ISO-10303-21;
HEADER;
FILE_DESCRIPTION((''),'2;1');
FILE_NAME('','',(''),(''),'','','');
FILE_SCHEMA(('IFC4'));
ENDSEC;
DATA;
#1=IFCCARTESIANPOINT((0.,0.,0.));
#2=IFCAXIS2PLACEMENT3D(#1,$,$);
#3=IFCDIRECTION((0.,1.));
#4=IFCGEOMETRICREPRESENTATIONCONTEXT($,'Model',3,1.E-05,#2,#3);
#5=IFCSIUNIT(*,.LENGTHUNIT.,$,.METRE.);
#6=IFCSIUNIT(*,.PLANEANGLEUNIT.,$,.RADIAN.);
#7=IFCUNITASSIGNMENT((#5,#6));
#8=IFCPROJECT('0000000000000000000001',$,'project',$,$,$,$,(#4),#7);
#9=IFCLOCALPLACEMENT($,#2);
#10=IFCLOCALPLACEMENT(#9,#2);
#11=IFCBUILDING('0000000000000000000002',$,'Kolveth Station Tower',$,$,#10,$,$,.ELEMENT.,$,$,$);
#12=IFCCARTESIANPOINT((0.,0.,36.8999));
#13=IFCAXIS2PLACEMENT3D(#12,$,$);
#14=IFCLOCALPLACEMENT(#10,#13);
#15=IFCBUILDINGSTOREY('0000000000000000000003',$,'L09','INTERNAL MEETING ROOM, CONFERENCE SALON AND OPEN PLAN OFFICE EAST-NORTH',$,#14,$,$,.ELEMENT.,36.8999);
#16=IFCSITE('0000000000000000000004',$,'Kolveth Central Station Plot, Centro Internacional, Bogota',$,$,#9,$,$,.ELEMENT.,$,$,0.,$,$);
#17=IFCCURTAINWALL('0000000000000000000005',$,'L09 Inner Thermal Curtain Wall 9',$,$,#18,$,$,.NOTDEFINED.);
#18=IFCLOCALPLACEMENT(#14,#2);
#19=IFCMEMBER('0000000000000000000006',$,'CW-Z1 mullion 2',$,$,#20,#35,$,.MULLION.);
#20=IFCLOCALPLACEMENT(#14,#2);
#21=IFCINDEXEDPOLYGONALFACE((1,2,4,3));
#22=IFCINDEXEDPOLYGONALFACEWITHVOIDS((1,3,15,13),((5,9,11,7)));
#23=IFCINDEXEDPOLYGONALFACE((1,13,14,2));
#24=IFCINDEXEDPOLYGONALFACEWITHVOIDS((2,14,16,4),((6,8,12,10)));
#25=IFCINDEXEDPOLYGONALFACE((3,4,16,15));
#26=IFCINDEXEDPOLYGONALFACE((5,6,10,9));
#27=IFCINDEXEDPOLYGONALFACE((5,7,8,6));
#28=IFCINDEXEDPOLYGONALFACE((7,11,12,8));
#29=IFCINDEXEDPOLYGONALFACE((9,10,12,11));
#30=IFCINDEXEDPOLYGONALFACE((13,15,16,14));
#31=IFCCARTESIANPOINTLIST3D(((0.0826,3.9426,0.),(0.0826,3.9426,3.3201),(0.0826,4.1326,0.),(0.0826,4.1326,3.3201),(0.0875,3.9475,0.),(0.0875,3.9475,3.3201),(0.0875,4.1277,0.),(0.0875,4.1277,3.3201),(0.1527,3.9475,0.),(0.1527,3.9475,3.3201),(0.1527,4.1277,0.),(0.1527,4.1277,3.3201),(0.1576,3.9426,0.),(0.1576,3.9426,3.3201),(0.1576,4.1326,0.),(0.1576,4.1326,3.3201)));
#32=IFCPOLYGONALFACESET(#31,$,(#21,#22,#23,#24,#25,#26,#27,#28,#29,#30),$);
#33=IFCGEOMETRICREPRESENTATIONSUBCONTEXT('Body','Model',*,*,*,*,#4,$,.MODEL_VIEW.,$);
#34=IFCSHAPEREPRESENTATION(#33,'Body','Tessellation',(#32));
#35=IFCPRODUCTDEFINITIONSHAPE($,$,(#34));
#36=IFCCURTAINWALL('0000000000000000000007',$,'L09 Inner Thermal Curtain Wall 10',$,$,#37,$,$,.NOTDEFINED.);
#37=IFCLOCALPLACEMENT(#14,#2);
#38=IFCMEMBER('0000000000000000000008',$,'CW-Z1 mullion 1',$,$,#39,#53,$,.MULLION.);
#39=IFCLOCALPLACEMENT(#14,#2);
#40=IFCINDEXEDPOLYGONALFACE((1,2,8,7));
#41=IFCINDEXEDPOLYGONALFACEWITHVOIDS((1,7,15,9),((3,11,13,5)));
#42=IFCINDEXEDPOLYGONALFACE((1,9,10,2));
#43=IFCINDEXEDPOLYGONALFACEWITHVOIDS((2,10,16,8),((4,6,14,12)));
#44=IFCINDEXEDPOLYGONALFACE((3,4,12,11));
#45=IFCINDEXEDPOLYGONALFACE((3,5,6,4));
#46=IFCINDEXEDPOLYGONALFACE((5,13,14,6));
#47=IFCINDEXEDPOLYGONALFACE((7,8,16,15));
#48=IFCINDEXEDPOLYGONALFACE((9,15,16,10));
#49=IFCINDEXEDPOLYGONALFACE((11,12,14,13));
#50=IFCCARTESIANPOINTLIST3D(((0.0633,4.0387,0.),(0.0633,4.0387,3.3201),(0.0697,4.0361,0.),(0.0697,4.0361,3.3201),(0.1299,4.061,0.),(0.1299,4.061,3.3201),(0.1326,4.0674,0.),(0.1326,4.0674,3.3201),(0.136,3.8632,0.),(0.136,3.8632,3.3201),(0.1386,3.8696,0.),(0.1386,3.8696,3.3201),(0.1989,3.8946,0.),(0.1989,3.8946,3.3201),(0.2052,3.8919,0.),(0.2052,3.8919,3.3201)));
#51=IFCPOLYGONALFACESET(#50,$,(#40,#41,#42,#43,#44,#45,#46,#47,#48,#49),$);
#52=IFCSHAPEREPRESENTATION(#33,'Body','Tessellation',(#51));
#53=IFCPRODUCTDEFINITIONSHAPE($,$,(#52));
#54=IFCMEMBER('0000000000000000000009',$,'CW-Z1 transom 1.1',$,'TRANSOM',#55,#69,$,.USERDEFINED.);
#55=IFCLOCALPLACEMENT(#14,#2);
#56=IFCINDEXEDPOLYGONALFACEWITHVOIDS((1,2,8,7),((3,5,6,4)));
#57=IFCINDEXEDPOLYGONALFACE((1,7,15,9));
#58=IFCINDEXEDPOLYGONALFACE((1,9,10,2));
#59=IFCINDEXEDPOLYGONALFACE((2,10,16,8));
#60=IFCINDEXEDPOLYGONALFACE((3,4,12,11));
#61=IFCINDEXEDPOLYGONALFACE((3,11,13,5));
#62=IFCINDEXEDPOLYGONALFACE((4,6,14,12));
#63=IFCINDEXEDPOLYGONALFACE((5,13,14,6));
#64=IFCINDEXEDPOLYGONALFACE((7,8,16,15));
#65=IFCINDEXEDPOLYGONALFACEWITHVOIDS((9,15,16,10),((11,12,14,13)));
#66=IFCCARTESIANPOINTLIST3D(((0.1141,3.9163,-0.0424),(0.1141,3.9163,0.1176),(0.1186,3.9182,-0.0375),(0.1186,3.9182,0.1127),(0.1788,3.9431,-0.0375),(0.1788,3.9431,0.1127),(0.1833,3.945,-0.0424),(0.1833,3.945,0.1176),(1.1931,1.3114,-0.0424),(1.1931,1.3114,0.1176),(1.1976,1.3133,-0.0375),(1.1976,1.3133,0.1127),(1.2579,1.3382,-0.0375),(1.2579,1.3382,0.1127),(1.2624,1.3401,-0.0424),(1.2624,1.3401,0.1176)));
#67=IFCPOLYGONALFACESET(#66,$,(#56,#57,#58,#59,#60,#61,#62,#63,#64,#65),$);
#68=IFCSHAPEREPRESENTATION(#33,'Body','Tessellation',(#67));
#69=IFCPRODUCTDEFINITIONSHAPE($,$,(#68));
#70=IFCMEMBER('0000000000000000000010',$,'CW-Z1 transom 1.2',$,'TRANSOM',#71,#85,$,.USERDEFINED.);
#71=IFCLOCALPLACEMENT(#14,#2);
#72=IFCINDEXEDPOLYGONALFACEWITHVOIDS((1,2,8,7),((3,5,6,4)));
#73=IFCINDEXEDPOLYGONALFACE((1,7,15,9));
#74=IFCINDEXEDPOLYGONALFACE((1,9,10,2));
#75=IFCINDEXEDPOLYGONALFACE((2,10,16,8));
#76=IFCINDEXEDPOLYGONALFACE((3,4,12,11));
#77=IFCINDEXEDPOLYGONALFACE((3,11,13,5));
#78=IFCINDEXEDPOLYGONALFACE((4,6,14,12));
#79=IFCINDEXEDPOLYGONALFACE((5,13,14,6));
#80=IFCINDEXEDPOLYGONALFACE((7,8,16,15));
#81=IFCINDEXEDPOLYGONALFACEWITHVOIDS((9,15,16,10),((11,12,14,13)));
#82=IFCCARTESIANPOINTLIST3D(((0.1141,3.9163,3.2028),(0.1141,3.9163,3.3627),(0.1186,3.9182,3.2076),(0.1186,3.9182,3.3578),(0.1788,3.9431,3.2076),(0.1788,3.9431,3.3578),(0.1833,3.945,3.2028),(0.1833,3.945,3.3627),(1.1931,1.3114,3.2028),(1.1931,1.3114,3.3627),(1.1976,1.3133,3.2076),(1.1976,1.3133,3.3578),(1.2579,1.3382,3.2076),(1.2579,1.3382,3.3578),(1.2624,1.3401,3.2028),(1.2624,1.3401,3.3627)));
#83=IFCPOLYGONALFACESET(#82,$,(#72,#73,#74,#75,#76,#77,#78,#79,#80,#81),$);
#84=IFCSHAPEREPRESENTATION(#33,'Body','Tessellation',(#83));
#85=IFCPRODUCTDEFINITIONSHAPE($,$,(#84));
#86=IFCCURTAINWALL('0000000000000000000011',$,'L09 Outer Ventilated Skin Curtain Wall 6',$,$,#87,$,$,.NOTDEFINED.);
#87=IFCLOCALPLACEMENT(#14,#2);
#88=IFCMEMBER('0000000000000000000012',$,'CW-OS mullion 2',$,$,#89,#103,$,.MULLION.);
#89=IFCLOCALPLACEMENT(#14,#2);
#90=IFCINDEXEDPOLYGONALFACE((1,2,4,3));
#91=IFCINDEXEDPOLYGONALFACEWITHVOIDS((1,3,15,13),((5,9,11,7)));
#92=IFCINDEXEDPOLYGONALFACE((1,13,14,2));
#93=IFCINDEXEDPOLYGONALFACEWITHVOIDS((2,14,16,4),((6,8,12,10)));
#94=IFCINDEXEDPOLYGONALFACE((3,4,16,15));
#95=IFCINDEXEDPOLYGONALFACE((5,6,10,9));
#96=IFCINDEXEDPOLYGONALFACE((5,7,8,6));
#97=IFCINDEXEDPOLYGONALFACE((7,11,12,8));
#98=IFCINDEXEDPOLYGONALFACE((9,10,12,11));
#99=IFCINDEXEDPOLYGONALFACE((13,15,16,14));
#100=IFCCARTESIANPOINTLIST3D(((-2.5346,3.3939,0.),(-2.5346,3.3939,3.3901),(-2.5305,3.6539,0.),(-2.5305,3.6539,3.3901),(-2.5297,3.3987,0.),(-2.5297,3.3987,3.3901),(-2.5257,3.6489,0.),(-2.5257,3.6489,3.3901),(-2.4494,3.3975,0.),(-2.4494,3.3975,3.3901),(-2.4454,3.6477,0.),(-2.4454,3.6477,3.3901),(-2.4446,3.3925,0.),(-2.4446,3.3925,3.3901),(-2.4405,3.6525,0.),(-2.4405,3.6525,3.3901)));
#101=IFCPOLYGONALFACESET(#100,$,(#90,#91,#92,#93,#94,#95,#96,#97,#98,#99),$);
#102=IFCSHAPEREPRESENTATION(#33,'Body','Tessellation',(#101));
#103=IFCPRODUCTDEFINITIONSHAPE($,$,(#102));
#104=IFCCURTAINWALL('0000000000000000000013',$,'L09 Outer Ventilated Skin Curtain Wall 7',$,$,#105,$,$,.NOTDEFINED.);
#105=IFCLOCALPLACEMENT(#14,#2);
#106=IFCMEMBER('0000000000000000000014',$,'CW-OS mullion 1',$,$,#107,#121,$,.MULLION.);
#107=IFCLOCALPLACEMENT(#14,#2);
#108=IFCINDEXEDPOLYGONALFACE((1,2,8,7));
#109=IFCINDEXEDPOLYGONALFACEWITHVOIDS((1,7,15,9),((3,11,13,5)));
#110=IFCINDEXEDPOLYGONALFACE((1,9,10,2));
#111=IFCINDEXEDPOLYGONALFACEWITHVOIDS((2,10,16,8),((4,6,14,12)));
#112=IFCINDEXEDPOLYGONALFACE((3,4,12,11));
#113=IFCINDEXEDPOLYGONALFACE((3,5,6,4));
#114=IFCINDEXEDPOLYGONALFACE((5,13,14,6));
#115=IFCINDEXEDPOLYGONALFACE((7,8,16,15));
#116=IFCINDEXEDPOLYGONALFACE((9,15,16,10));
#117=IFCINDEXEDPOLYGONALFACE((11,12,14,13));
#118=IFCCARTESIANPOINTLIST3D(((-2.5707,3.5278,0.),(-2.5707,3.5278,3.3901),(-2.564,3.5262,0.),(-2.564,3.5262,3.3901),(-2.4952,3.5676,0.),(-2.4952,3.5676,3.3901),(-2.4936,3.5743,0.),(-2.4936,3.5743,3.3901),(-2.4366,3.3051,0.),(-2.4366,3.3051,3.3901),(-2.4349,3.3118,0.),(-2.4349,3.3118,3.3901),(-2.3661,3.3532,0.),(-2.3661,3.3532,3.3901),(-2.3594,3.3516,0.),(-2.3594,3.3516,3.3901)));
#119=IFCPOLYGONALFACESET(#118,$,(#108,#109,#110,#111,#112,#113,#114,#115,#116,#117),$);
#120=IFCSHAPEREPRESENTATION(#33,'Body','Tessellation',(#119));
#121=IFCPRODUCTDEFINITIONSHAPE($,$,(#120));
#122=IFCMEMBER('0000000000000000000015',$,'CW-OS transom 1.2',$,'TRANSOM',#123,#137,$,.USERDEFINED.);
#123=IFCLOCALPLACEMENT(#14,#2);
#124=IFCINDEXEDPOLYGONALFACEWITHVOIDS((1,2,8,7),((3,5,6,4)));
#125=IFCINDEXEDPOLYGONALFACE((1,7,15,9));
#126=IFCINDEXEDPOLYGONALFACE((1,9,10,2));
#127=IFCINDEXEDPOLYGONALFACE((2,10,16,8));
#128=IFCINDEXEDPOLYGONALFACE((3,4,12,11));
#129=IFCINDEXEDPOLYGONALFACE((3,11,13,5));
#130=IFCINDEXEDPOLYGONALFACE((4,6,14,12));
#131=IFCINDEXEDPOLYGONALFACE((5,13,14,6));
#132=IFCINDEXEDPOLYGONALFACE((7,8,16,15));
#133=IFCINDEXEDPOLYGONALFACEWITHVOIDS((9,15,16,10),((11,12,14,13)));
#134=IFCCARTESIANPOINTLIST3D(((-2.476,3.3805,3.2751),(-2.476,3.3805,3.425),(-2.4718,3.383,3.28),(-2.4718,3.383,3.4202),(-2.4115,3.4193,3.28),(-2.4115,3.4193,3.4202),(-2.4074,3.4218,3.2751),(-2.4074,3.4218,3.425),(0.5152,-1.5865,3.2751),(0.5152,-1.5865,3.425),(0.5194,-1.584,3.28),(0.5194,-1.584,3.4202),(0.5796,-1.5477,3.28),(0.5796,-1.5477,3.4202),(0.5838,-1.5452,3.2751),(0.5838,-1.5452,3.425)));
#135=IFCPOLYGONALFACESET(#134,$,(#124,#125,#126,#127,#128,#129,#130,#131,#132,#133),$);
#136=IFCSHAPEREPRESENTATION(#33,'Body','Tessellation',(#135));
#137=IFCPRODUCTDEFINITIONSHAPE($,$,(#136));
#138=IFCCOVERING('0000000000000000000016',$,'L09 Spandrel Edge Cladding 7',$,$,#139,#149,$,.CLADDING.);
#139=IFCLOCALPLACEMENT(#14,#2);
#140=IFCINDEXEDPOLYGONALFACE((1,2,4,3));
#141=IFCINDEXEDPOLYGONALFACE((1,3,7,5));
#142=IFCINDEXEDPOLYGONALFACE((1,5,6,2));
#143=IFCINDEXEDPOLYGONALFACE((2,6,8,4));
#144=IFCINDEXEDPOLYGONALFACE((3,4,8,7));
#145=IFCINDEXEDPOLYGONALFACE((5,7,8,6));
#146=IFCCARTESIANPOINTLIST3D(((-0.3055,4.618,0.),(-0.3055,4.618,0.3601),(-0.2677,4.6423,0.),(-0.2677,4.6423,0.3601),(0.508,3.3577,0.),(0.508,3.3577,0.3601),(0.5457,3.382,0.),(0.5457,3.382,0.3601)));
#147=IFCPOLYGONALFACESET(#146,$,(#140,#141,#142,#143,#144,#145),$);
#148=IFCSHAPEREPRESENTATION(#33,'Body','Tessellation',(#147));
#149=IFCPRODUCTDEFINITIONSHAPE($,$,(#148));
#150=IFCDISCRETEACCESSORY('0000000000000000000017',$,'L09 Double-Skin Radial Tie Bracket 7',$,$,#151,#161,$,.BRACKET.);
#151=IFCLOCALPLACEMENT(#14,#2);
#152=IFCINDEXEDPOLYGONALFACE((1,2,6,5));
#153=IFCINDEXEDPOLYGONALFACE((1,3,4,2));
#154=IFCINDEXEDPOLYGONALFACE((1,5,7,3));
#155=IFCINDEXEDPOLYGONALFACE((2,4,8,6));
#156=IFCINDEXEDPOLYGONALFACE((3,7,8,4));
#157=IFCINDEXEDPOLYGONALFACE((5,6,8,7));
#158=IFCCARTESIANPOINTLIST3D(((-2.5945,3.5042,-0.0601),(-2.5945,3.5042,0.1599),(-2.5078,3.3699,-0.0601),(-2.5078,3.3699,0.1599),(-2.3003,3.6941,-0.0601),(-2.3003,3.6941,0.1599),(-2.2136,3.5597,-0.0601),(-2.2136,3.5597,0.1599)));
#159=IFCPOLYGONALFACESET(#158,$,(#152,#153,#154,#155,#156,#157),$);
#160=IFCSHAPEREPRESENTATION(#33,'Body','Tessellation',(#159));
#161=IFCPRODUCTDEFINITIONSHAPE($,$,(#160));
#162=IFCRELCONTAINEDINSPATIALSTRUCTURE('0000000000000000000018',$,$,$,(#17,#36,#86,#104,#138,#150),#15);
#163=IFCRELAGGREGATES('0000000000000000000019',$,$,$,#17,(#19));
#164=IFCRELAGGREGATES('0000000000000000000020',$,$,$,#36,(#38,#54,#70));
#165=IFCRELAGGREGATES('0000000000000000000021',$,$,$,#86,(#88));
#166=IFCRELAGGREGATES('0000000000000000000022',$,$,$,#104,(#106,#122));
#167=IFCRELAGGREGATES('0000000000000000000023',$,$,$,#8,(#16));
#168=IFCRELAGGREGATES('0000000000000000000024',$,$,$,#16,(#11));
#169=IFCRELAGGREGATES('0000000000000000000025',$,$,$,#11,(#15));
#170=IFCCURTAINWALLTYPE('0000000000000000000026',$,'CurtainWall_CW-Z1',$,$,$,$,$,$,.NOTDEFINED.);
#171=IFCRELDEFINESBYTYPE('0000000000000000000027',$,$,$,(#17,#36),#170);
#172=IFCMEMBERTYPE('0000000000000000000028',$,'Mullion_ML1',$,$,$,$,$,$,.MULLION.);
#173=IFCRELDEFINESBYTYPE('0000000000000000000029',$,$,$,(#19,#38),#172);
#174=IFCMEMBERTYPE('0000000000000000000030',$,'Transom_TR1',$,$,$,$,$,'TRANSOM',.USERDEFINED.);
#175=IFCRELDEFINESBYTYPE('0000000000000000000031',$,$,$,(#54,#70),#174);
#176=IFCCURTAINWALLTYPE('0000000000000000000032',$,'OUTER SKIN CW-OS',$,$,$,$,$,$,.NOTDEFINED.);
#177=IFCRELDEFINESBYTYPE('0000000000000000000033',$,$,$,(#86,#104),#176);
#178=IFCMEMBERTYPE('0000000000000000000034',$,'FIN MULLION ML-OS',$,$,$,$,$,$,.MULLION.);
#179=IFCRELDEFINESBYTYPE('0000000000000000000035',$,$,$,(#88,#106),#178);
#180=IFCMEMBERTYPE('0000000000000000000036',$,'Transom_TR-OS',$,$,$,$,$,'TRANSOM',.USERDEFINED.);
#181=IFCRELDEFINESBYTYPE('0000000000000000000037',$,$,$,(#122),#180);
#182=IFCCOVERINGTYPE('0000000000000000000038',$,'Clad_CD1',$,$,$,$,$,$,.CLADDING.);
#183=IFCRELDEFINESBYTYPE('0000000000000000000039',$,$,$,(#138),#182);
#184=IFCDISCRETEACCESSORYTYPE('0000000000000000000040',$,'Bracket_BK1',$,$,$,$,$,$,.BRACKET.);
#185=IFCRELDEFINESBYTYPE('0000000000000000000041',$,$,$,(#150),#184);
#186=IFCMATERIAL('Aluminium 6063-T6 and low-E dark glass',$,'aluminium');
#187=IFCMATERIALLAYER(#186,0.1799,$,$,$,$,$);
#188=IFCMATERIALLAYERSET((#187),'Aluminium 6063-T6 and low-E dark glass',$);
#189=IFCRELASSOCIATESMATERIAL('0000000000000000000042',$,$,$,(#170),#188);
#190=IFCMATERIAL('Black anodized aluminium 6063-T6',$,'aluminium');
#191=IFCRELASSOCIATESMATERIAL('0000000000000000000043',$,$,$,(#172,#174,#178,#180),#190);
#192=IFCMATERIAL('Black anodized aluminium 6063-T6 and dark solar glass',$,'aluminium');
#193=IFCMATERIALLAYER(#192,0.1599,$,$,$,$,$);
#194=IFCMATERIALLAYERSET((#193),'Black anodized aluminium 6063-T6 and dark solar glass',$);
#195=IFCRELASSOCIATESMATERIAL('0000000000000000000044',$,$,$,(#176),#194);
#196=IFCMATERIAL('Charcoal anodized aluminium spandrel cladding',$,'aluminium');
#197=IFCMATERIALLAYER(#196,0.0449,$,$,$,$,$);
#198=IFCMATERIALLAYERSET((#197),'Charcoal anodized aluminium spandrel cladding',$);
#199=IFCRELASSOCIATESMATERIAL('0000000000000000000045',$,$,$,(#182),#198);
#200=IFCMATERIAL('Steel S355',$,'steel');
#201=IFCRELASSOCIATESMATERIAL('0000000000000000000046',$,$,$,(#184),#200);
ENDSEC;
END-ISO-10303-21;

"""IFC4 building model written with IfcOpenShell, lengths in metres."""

from ifc_helpers import new_model, si_unit, direction, frame, origin, origin_2d, place, context, subcontext, project, spatial, rectangle, hollow_rectangle, extrude, source, transform, mapped, material, layer, layer_set, material_profile, profile_set, type_object, element, aggregate, save


model = new_model("IFC4")

# Units and contexts
model_context = context("Model", 3, precision=1e-05, world=origin(), true_north=direction((0.0, 1.0)))
body_context = subcontext(model_context, "Body", "Model", "MODEL_VIEW")
ifc_project = project(units=[si_unit("LENGTHUNIT", "METRE"), si_unit("PLANEANGLEUNIT", "RADIAN")], contexts=[model_context])

# Site, building, storey
site_placement = place(None, origin())
site = spatial("IfcSite", under=ifc_project, at=site_placement, Name="Kolveth Central Station Plot, Centro Internacional, Bogota", CompositionType="ELEMENT", RefElevation=0.0)
building_placement = place(site_placement, origin())
building = spatial("IfcBuilding", under=site, at=building_placement, Name="Kolveth Station Tower", CompositionType="ELEMENT")
storey_placement = place(building_placement, frame((0.0, 0.0, 36.8999)))
storey = spatial("IfcBuildingStorey", under=building, at=storey_placement, Name="L09", Description="INTERNAL MEETING ROOM, CONFERENCE SALON AND OPEN PLAN OFFICE EAST-NORTH", CompositionType="ELEMENT", Elevation=36.8999)

# Shared definitions
ifc_material_1 = material(Name="Steel S355", Category="steel")

# Curtain wall, member
ifc_material_2 = material(Name="Aluminium 6063-T6 and low-E dark glass", Category="aluminium")
ifc_layer_1 = layer(ifc_material_2, 0.1799)
ifc_layer_set_1 = layer_set([ifc_layer_1], Name="Aluminium 6063-T6 and low-E dark glass")
curtain_wall_type_1 = type_object("IfcCurtainWallType", Name="CurtainWall_CW-Z1", PredefinedType="NOTDEFINED", material=ifc_layer_set_1)
curtain_wall_1_placement = place(storey_placement, origin())
curtain_wall_1 = element("IfcCurtainWall", 1, at=curtain_wall_1_placement, inside=storey, type_object=curtain_wall_type_1, Name="L09 Inner Thermal Curtain Wall 9", PredefinedType="NOTDEFINED")
ifc_material_3 = material(Name="Black anodized aluminium 6063-T6", Category="aluminium")
ifc_material_profile_1 = material_profile(ifc_material_3, hollow_rectangle(XDim=0.075, YDim=0.1899, WallThickness=0.0049, at=origin_2d()), Name="ALU-75x190x5")
ifc_profile_set_1 = profile_set([ifc_material_profile_1], Name="Black anodized aluminium 6063-T6")
member_type_1 = type_object("IfcMemberType", Name="Mullion_ML1", PredefinedType="MULLION", material=ifc_profile_set_1)
shared_shape_1 = source(origin(), body_context, "Body", "SweptSolid", [
    extrude(hollow_rectangle(XDim=0.075, YDim=0.1899, WallThickness=0.0049, at=origin_2d()), origin(), (0.0, 0.0, 1.0), 3.3201),
])
member_1_placement = place(storey_placement, frame((0.1201, 4.0376, 0.0), z_axis=(0.0, 0.0, 1.0), x_axis=(1.0, 0.0, 0.0)))
member_1 = element("IfcMember", 2, at=member_1_placement, type_object=member_type_1, Name="CW-Z1 mullion 2", PredefinedType="MULLION", context=body_context, shape_type="MappedRepresentation", body=[
    mapped(shared_shape_1, transform((0.0, 0.0, 0.0), x_axis=(1.0, 0.0, 0.0), y_axis=(0.0, 1.0, 0.0), z_axis=(0.0, 0.0, 1.0), scale=1.0)),
])
aggregate(curtain_wall_1, [member_1])

# Curtain wall, members
curtain_wall_2_placement = place(storey_placement, origin())
curtain_wall_2 = element("IfcCurtainWall", 3, at=curtain_wall_2_placement, inside=storey, type_object=curtain_wall_type_1, Name="L09 Inner Thermal Curtain Wall 10", PredefinedType="NOTDEFINED")
member_2_placement = place(storey_placement, frame((0.1343, 3.9653, 0.0), z_axis=(0.0, 0.0, 1.0), x_axis=(0.923884, 0.382673, 0.0)))
member_2 = element("IfcMember", 4, at=member_2_placement, type_object=member_type_1, Name="CW-Z1 mullion 1", PredefinedType="MULLION", context=body_context, shape_type="MappedRepresentation", body=[
    mapped(shared_shape_1, transform((0.0, 0.0, 0.0), x_axis=(1.0, 0.0, 0.0), y_axis=(0.0, 1.0, 0.0), z_axis=(0.0, 0.0, 1.0), scale=1.0)),
])
ifc_material_profile_2 = material_profile(ifc_material_3, hollow_rectangle(XDim=0.075, YDim=0.1599, WallThickness=0.0049, at=origin_2d()), Name="ALU-75x160x5")
ifc_profile_set_2 = profile_set([ifc_material_profile_2], Name="Black anodized aluminium 6063-T6")
member_type_2 = type_object("IfcMemberType", Name="Transom_TR1", ElementType="TRANSOM", PredefinedType="USERDEFINED", material=ifc_profile_set_2)
shared_shape_2 = source(origin(), body_context, "Body", "SweptSolid", [
    extrude(hollow_rectangle(XDim=0.075, YDim=0.1599, WallThickness=0.0049, at=origin_2d()), origin(), (0.0, 0.0, 1.0), 2.8196),
])
member_3_placement = place(storey_placement, frame((0.1487, 3.9307, 0.0376), z_axis=(0.382709, -0.923869, 0.0), x_axis=(0.923869, 0.382709, 0.0)))
member_3 = element("IfcMember", 5, at=member_3_placement, type_object=member_type_2, Name="CW-Z1 transom 1.1", ObjectType="TRANSOM", PredefinedType="USERDEFINED", context=body_context, shape_type="MappedRepresentation", body=[
    mapped(shared_shape_2, transform((0.0, 0.0, 0.0), x_axis=(1.0, 0.0, 0.0), y_axis=(0.0, 1.0, 0.0), z_axis=(0.0, 0.0, 1.0), scale=1.0)),
])
member_4_placement = place(storey_placement, frame((0.1487, 3.9307, 3.2827), z_axis=(0.382709, -0.923869, 0.0), x_axis=(0.923869, 0.382709, 0.0)))
member_4 = element("IfcMember", 6, at=member_4_placement, type_object=member_type_2, Name="CW-Z1 transom 1.2", ObjectType="TRANSOM", PredefinedType="USERDEFINED", context=body_context, shape_type="MappedRepresentation", body=[
    mapped(shared_shape_2, transform((0.0, 0.0, 0.0), x_axis=(1.0, 0.0, 0.0), y_axis=(0.0, 1.0, 0.0), z_axis=(0.0, 0.0, 1.0), scale=1.0)),
])
aggregate(curtain_wall_2, [member_2, member_3, member_4])

# Curtain wall, member
ifc_material_4 = material(Name="Black anodized aluminium 6063-T6 and dark solar glass", Category="aluminium")
ifc_layer_2 = layer(ifc_material_4, 0.1599)
ifc_layer_set_2 = layer_set([ifc_layer_2], Name="Black anodized aluminium 6063-T6 and dark solar glass")
curtain_wall_type_2 = type_object("IfcCurtainWallType", Name="OUTER SKIN CW-OS", PredefinedType="NOTDEFINED", material=ifc_layer_set_2)
curtain_wall_3_placement = place(storey_placement, origin())
curtain_wall_3 = element("IfcCurtainWall", 7, at=curtain_wall_3_placement, inside=storey, type_object=curtain_wall_type_2, Name="L09 Outer Ventilated Skin Curtain Wall 6", PredefinedType="NOTDEFINED")
ifc_material_profile_3 = material_profile(ifc_material_3, hollow_rectangle(XDim=0.0901, YDim=0.26, WallThickness=0.0049, at=origin_2d()), Name="ALU-90x260x5")
ifc_profile_set_3 = profile_set([ifc_material_profile_3], Name="Black anodized aluminium 6063-T6")
member_type_3 = type_object("IfcMemberType", Name="FIN MULLION ML-OS", PredefinedType="MULLION", material=ifc_profile_set_3)
shared_shape_3 = source(origin(), body_context, "Body", "SweptSolid", [
    extrude(hollow_rectangle(XDim=0.0901, YDim=0.26, WallThickness=0.0049, at=origin_2d()), origin(), (0.0, 0.0, 1.0), 3.3901),
])
member_5_placement = place(storey_placement, frame((-2.4875, 3.5232, 0.0), z_axis=(0.0, 0.0, 1.0), x_axis=(0.999877, -0.015693, 0.0)))
member_5 = element("IfcMember", 8, at=member_5_placement, type_object=member_type_3, Name="CW-OS mullion 2", PredefinedType="MULLION", context=body_context, shape_type="MappedRepresentation", body=[
    mapped(shared_shape_3, transform((0.0, 0.0, 0.0), x_axis=(1.0, 0.0, 0.0), y_axis=(0.0, 1.0, 0.0), z_axis=(0.0, 0.0, 1.0), scale=1.0)),
])
aggregate(curtain_wall_3, [member_5])

# Curtain wall, members
curtain_wall_4_placement = place(storey_placement, origin())
curtain_wall_4 = element("IfcCurtainWall", 9, at=curtain_wall_4_placement, inside=storey, type_object=curtain_wall_type_2, Name="L09 Outer Ventilated Skin Curtain Wall 7", PredefinedType="NOTDEFINED")
member_6_placement = place(storey_placement, frame((-2.4651, 3.4397, 0.0), z_axis=(0.0, 0.0, 1.0), x_axis=(0.856642, 0.515912, 0.0)))
member_6 = element("IfcMember", 10, at=member_6_placement, type_object=member_type_3, Name="CW-OS mullion 1", PredefinedType="MULLION", context=body_context, shape_type="MappedRepresentation", body=[
    mapped(shared_shape_3, transform((0.0, 0.0, 0.0), x_axis=(1.0, 0.0, 0.0), y_axis=(0.0, 1.0, 0.0), z_axis=(0.0, 0.0, 1.0), scale=1.0)),
])
ifc_material_profile_4 = material_profile(ifc_material_3, hollow_rectangle(XDim=0.0801, YDim=0.1499, WallThickness=0.0049, at=origin_2d()), Name="ALU-80x150x5")
ifc_profile_set_4 = profile_set([ifc_material_profile_4], Name="Black anodized aluminium 6063-T6")
member_type_4 = type_object("IfcMemberType", Name="Transom_TR-OS", ElementType="TRANSOM", PredefinedType="USERDEFINED", material=ifc_profile_set_4)
shared_shape_4 = source(origin(), body_context, "Body", "SweptSolid", [
    extrude(hollow_rectangle(XDim=0.0801, YDim=0.1499, WallThickness=0.0049, at=origin_2d()), origin(), (0.0, 0.0, 1.0), 5.7981),
])
member_7_placement = place(storey_placement, frame((-2.4417, 3.4011, 3.3501), z_axis=(0.515888, -0.856656, 0.0), x_axis=(0.856656, 0.515888, 0.0)))
member_7 = element("IfcMember", 11, at=member_7_placement, type_object=member_type_4, Name="CW-OS transom 1.2", ObjectType="TRANSOM", PredefinedType="USERDEFINED", context=body_context, shape_type="MappedRepresentation", body=[
    mapped(shared_shape_4, transform((0.0, 0.0, 0.0), x_axis=(1.0, 0.0, 0.0), y_axis=(0.0, 1.0, 0.0), z_axis=(0.0, 0.0, 1.0), scale=1.0)),
])
aggregate(curtain_wall_4, [member_6, member_7])

# Covering
ifc_material_5 = material(Name="Charcoal anodized aluminium spandrel cladding", Category="aluminium")
ifc_layer_3 = layer(ifc_material_5, 0.0449)
ifc_layer_set_3 = layer_set([ifc_layer_3], Name="Charcoal anodized aluminium spandrel cladding")
covering_type = type_object("IfcCoveringType", Name="Clad_CD1", PredefinedType="CLADDING", material=ifc_layer_set_3)
shared_shape_5 = source(origin(), body_context, "Body", "SweptSolid", [
    extrude(rectangle(XDim=1.5, YDim=0.0449, at=origin_2d()), origin(), (0.0, 0.0, 1.0), 0.3601),
])
covering_placement = place(storey_placement, frame((0.1201, 4.0, 0.0), z_axis=(0.0, 0.0, 1.0), x_axis=(0.542295, -0.840188, 0.0)))
element("IfcCovering", 12, at=covering_placement, inside=storey, type_object=covering_type, Name="L09 Spandrel Edge Cladding 7", PredefinedType="CLADDING", context=body_context, shape_type="MappedRepresentation", body=[
    mapped(shared_shape_5, transform((0.0, 0.0, 0.0), x_axis=(1.0, 0.0, 0.0), y_axis=(0.0, 1.0, 0.0), z_axis=(0.0, 0.0, 1.0), scale=1.0)),
])

# Discrete accessory
discrete_accessory_type = type_object("IfcDiscreteAccessoryType", Name="Bracket_BK1", PredefinedType="BRACKET", material=ifc_material_1)
shared_shape_6 = source(origin(), body_context, "Body", "SweptSolid", [
    extrude(rectangle(XDim=0.3501, YDim=0.1599, at=origin_2d()), origin(), (0.0, 0.0, 1.0), 0.22),
])
discrete_accessory_placement = place(storey_placement, frame((-2.4041, 3.532, -0.0601), z_axis=(0.0, 0.0, 1.0), x_axis=(-0.840188, -0.542295, 0.0)))
element("IfcDiscreteAccessory", 13, at=discrete_accessory_placement, inside=storey, type_object=discrete_accessory_type, Name="L09 Double-Skin Radial Tie Bracket 7", PredefinedType="BRACKET", context=body_context, shape_type="MappedRepresentation", body=[
    mapped(shared_shape_6, transform((0.0, 0.0, 0.0), x_axis=(1.0, 0.0, 0.0), y_axis=(0.0, 1.0, 0.0), z_axis=(0.0, 0.0, 1.0), scale=1.0)),
])

save(model, "model.ifc")
